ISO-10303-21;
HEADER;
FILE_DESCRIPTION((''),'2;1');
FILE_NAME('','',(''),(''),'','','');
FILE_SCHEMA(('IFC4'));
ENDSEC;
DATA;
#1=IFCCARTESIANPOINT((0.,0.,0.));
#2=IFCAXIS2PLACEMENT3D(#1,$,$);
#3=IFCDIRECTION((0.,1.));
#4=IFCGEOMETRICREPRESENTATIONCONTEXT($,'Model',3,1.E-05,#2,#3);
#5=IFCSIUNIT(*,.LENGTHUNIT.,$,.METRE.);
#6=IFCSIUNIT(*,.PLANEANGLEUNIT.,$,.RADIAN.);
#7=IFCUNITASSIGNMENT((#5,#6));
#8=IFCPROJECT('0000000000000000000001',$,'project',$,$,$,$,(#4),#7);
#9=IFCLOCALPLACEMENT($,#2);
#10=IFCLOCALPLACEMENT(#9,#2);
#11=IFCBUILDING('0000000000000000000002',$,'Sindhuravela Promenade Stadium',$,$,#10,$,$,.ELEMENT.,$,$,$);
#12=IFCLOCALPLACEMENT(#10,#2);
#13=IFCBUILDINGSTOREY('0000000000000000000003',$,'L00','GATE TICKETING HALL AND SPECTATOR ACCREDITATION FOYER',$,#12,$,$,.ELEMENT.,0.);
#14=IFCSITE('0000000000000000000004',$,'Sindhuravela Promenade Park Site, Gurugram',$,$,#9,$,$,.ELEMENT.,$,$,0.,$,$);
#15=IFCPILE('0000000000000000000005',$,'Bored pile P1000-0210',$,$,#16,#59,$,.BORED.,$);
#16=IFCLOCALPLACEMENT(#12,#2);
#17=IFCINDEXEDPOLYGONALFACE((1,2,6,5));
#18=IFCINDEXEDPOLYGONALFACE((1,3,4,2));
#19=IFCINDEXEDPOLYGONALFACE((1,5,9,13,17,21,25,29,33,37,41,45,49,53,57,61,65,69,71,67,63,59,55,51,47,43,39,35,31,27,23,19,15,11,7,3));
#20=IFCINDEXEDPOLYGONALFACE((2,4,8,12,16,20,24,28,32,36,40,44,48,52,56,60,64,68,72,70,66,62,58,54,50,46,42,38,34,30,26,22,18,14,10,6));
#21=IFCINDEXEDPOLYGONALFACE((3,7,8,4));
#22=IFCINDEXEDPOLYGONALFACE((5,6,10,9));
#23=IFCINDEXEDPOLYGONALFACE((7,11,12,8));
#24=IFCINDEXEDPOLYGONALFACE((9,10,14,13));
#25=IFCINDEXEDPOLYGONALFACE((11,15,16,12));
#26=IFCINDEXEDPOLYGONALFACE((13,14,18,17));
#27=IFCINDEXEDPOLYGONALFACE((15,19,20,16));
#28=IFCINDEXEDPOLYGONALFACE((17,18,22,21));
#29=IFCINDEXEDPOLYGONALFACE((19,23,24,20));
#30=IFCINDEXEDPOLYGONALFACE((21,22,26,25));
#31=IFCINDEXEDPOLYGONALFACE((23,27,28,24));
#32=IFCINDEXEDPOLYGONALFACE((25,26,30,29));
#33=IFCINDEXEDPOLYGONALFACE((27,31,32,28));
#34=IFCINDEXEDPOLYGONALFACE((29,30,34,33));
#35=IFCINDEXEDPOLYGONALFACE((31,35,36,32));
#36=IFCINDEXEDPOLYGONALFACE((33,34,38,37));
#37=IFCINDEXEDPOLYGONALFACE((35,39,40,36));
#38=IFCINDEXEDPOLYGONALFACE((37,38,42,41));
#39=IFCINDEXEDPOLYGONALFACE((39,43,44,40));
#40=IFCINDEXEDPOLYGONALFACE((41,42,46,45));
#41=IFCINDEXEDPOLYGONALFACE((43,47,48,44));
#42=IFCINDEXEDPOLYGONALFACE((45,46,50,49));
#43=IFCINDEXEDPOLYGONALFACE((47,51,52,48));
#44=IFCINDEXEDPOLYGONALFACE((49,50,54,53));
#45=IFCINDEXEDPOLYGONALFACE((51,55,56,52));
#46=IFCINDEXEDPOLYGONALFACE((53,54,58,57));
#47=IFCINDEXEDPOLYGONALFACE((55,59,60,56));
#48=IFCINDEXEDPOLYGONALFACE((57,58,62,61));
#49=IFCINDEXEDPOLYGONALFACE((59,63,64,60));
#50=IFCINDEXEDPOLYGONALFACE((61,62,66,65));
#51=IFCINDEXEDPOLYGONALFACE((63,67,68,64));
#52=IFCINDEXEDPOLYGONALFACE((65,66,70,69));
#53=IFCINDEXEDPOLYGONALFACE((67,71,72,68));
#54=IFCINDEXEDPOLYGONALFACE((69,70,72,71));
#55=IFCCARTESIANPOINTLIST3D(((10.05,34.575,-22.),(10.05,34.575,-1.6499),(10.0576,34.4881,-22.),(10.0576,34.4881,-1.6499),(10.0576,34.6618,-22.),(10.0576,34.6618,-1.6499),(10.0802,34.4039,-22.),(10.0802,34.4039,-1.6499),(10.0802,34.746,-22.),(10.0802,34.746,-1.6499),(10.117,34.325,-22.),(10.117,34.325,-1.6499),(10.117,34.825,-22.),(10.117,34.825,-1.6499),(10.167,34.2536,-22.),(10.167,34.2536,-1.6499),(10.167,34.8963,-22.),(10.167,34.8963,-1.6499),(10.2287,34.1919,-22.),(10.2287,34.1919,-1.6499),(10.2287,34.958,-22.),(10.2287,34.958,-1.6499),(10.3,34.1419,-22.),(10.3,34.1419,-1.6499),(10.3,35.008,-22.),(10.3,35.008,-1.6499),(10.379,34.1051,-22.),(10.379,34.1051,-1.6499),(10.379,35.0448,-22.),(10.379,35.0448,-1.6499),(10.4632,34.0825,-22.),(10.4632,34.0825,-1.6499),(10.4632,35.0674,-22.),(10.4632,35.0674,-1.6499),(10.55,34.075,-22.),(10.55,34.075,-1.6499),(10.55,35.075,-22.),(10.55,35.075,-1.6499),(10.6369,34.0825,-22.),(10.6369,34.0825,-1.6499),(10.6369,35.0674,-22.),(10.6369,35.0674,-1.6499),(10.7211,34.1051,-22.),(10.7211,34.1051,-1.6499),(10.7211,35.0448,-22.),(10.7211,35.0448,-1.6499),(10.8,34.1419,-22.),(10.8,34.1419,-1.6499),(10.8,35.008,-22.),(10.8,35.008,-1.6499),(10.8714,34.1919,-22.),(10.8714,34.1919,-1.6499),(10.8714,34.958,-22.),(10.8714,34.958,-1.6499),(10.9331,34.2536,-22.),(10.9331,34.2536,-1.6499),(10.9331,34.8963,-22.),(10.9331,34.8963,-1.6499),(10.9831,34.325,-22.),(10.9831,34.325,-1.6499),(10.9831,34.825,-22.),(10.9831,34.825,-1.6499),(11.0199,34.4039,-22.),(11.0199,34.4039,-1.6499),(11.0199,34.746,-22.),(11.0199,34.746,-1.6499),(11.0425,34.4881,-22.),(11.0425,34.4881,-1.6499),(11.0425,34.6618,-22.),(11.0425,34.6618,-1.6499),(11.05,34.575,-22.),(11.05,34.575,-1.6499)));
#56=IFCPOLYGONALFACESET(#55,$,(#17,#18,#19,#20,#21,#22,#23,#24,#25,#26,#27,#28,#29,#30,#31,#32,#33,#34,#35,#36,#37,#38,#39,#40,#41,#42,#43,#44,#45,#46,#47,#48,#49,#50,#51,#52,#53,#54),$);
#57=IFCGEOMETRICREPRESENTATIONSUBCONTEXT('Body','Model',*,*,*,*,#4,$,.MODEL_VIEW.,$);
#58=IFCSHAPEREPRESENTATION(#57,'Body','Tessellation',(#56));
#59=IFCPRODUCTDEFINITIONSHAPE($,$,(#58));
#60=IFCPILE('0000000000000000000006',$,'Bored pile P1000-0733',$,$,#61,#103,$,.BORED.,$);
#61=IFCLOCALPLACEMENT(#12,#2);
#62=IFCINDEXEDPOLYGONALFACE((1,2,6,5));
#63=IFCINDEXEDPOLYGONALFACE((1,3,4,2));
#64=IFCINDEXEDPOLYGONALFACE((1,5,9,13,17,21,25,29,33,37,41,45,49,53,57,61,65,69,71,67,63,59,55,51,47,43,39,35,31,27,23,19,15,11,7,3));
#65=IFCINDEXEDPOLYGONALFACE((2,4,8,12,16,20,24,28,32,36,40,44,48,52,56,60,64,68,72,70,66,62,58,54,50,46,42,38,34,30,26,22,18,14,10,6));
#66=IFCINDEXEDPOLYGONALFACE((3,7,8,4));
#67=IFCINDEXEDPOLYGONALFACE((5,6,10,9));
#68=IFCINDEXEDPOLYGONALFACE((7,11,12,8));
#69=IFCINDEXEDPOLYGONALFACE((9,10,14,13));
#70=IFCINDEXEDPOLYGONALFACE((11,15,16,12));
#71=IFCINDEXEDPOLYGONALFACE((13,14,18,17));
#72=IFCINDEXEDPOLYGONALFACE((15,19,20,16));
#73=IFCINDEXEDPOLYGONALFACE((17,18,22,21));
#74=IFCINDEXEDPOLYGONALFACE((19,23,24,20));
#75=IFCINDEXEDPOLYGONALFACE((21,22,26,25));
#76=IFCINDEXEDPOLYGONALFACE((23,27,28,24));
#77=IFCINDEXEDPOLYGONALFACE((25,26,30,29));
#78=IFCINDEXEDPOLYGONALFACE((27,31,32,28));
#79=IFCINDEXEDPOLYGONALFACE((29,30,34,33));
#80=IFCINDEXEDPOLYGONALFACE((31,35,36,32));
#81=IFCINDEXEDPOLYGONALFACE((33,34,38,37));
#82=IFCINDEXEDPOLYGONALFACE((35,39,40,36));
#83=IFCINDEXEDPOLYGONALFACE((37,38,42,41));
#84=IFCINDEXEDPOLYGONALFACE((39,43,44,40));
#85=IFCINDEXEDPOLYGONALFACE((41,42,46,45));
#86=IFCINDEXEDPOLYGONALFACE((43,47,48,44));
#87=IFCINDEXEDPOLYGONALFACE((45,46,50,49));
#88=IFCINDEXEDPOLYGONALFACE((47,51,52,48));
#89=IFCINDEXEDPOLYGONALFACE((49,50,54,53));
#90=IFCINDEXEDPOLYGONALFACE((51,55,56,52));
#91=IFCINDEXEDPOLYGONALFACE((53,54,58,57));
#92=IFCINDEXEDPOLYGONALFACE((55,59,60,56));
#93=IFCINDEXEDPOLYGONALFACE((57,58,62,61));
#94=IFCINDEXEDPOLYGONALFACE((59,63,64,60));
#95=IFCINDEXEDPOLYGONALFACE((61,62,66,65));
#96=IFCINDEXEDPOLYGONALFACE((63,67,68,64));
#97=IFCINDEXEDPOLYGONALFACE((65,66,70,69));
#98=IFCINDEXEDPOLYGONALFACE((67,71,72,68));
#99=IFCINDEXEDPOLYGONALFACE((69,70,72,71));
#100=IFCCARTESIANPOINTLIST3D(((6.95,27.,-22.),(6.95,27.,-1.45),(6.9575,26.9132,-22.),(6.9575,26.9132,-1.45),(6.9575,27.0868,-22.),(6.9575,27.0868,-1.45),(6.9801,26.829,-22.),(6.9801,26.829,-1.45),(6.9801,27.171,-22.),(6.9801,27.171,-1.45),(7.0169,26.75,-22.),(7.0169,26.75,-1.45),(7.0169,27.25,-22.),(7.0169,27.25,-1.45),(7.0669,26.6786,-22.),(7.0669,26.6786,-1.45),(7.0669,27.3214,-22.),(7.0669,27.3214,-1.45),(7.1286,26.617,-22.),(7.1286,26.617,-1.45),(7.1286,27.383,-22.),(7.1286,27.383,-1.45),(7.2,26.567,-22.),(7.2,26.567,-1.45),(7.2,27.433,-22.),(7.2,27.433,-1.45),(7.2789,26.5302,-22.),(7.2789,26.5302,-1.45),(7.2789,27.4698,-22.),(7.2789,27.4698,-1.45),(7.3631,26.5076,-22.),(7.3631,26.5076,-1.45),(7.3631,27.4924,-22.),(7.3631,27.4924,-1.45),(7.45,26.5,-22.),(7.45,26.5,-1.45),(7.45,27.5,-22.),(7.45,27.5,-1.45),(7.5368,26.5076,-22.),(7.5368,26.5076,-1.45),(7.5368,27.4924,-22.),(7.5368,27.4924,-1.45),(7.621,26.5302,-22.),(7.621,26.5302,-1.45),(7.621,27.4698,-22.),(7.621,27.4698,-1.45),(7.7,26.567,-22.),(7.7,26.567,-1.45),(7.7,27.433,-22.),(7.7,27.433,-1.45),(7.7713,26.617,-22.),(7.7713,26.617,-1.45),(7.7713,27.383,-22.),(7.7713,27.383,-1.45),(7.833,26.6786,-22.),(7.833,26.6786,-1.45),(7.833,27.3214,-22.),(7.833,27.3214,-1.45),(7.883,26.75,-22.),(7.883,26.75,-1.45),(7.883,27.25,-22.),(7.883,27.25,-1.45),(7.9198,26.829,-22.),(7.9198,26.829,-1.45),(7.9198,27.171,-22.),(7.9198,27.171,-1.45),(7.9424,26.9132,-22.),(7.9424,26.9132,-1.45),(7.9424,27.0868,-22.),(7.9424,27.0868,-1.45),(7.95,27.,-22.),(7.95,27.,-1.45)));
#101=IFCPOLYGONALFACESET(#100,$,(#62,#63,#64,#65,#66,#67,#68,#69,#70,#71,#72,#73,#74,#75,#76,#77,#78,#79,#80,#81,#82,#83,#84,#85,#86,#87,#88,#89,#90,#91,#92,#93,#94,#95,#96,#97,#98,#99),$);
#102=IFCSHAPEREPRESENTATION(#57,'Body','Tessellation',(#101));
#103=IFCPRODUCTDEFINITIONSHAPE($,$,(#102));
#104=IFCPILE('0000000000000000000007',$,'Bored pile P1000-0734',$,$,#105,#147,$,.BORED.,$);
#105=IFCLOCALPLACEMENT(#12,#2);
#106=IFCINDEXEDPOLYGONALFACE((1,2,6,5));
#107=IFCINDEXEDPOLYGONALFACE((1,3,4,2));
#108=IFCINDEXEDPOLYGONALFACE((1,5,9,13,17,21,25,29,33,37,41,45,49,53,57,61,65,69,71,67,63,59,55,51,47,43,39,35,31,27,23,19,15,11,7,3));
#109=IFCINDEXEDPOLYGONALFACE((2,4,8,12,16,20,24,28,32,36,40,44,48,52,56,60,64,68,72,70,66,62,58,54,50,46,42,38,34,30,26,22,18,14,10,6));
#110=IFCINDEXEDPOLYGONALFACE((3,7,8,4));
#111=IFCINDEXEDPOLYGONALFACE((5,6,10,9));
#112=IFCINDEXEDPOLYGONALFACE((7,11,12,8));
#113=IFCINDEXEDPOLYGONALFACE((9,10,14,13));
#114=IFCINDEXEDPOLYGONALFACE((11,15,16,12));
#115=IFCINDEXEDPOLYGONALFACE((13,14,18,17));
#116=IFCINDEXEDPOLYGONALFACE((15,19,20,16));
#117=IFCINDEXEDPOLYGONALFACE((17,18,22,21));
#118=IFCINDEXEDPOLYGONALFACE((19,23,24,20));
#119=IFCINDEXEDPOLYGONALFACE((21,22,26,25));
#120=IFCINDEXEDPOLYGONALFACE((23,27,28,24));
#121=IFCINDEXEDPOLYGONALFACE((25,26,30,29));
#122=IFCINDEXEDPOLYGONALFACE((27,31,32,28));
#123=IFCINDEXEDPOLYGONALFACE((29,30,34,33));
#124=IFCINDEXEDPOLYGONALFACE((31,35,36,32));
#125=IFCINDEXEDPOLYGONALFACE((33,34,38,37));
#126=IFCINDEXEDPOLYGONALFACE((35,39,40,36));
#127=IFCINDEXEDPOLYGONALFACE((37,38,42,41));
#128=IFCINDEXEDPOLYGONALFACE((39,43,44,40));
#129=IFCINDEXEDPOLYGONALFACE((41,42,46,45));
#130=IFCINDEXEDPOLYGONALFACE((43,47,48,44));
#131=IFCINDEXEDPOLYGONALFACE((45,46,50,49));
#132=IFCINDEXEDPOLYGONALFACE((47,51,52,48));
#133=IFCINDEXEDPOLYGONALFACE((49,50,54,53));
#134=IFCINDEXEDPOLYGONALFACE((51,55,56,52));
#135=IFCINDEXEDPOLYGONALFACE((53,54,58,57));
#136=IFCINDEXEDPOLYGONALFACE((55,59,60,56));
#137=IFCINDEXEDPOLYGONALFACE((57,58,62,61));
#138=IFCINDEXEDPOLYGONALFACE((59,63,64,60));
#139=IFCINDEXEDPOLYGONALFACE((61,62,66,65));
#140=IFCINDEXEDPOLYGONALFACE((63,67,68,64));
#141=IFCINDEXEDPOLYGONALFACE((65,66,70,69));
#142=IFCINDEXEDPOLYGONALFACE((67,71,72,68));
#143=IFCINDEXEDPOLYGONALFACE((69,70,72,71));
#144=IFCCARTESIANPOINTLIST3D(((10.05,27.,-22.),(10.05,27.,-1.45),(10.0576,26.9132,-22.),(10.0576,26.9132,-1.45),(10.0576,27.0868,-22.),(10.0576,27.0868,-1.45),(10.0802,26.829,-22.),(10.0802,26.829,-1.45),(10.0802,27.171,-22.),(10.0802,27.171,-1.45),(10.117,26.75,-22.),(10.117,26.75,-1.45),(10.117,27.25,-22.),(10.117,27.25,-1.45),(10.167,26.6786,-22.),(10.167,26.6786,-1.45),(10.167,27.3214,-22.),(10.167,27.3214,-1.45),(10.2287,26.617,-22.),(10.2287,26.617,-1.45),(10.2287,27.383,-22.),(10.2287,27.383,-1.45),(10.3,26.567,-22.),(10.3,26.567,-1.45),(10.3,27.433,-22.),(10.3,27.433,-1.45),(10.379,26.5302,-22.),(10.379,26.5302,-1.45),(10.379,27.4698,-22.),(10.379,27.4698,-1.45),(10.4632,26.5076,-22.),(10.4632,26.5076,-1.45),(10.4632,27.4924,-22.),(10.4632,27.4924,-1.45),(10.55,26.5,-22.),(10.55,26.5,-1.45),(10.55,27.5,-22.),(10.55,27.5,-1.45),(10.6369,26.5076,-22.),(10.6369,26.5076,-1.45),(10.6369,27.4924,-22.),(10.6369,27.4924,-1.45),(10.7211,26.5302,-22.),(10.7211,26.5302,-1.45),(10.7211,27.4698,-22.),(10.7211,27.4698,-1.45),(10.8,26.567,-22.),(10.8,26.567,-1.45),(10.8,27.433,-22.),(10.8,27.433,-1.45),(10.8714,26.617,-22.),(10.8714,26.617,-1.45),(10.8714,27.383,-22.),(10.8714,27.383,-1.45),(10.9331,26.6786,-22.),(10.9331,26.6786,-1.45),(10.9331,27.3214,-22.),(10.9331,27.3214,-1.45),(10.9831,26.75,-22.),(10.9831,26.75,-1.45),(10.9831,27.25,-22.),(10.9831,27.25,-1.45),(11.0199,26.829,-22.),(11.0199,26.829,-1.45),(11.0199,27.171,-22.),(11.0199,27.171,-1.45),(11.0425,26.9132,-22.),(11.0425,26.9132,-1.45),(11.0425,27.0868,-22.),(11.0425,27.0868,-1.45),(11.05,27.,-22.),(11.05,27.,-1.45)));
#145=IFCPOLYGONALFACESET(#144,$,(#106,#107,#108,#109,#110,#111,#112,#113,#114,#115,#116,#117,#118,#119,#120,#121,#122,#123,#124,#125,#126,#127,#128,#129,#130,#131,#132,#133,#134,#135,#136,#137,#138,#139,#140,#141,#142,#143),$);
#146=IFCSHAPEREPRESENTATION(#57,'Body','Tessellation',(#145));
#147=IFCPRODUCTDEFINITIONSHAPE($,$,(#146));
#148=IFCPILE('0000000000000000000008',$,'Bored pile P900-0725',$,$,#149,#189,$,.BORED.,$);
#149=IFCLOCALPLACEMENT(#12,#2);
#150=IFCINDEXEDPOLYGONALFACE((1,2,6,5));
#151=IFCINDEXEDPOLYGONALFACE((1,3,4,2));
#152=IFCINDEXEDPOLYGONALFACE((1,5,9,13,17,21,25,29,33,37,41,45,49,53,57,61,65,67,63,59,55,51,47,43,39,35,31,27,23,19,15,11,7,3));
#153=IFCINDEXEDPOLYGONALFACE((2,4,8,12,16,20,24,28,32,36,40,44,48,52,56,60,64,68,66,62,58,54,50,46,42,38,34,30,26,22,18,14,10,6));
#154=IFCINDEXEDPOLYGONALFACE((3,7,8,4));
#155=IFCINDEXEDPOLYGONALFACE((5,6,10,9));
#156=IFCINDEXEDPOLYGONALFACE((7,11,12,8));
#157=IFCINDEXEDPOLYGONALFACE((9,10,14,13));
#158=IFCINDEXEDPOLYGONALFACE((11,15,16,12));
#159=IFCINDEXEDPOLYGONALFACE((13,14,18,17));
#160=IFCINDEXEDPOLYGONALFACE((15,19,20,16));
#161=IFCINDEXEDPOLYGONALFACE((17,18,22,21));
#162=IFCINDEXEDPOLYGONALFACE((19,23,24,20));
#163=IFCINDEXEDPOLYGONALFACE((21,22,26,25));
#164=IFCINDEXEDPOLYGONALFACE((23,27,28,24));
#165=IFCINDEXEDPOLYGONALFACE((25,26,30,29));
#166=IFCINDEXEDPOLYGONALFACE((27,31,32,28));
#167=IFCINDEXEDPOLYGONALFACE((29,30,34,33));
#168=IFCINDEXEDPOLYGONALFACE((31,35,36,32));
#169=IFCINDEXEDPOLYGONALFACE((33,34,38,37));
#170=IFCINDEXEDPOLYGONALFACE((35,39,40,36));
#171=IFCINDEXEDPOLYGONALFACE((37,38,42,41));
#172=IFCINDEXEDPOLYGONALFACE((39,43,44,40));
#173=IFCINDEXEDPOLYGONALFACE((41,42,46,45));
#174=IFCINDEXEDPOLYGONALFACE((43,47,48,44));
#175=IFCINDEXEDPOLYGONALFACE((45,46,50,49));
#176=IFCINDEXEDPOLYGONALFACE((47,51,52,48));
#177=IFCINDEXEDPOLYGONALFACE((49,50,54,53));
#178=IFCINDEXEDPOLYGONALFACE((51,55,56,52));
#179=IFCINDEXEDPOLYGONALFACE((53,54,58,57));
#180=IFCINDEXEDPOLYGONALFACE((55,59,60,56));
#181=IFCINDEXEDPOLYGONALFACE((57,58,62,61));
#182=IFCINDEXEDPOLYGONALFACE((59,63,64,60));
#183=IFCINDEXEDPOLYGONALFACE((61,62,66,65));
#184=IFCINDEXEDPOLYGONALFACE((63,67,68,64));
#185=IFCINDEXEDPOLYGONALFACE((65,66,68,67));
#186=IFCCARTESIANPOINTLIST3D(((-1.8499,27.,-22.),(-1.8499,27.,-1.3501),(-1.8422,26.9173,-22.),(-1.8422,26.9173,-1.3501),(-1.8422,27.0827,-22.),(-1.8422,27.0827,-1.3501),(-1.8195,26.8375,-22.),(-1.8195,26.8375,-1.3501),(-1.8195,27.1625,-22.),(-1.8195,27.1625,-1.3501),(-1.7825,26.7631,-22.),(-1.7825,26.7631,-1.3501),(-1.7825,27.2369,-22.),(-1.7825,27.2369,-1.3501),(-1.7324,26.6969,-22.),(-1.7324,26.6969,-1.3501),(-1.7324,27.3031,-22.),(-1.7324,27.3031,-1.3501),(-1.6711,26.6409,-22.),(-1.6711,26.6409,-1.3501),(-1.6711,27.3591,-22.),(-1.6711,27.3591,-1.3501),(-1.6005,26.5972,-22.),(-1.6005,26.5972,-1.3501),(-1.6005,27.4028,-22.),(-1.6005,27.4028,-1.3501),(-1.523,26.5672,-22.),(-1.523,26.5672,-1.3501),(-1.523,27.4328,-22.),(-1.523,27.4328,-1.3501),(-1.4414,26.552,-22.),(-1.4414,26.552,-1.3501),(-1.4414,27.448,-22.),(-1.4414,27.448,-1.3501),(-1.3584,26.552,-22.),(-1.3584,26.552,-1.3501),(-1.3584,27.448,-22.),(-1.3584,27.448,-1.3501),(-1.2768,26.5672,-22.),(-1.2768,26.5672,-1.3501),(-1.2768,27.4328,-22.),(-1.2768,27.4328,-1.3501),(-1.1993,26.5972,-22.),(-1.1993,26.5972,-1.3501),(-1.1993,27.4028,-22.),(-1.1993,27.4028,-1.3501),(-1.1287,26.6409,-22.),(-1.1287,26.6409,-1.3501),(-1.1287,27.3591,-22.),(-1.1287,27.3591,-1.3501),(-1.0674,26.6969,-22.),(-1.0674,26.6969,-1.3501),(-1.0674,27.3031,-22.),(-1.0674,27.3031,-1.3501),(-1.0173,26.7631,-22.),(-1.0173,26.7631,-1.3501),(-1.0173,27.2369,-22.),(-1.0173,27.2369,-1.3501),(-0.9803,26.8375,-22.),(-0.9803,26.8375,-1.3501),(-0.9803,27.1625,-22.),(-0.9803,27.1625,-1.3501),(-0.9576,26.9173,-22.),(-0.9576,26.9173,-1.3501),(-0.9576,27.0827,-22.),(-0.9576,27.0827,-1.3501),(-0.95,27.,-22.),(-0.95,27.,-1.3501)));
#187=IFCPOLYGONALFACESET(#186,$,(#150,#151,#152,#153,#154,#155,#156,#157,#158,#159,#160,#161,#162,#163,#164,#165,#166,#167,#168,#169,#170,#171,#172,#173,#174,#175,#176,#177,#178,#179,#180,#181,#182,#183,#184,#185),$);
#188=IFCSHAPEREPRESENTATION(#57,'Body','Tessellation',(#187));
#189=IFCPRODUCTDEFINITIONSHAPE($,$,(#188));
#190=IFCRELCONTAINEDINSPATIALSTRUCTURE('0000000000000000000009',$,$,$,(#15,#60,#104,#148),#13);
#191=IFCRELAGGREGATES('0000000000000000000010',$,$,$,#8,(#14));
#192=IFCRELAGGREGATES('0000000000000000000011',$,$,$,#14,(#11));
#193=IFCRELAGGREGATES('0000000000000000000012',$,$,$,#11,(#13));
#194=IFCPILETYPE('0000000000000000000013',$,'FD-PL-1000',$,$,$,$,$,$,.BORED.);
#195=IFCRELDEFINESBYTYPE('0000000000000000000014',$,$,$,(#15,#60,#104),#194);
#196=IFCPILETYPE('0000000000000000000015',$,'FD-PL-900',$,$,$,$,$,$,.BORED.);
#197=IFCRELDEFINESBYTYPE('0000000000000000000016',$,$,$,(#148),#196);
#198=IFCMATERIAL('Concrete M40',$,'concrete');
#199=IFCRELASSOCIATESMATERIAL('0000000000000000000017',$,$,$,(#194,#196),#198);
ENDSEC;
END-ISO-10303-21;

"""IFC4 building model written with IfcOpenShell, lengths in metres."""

from ifc_helpers import new_model, si_unit, direction, frame, origin, origin_2d, place, context, subcontext, project, spatial, circle, extrude, material, material_profile, profile_set, type_object, element, save


model = new_model("IFC4")

# Units and contexts
model_context = context("Model", 3, precision=1e-05, world=origin(), true_north=direction((0.0, 1.0)))
body_context = subcontext(model_context, "Body", "Model", "MODEL_VIEW")
ifc_project = project(units=[si_unit("LENGTHUNIT", "METRE"), si_unit("PLANEANGLEUNIT", "RADIAN")], contexts=[model_context])

# Site, building, storey
site_placement = place(None, origin())
site = spatial("IfcSite", under=ifc_project, at=site_placement, Name="Sindhuravela Promenade Park Site, Gurugram", CompositionType="ELEMENT", RefElevation=0.0)
building_placement = place(site_placement, origin())
building = spatial("IfcBuilding", under=site, at=building_placement, Name="Sindhuravela Promenade Stadium", CompositionType="ELEMENT")
storey_placement = place(building_placement, origin())
storey = spatial("IfcBuildingStorey", under=building, at=storey_placement, Name="L00", Description="GATE TICKETING HALL AND SPECTATOR ACCREDITATION FOYER", CompositionType="ELEMENT", Elevation=0.0)

# Piles
ifc_material_1 = material(Name="Concrete M40", Category="concrete")
ifc_material_profile_1 = material_profile(ifc_material_1, circle(Radius=0.5, at=origin_2d()), Name="BORED PILE D1000")
ifc_profile_set_1 = profile_set([ifc_material_profile_1], Name="Concrete M40")
pile_type_1 = type_object("IfcPileType", Name="FD-PL-1000", PredefinedType="BORED", material=ifc_profile_set_1)
for number, where, z_axis, x_axis, name in (
    (1, (10.55, 34.575, -1.6499), (0.0, 0.0, -1.0), (1.0, 0.0, 0.0), "Bored pile P1000-0210"),
):
    element("IfcPile", number, at=place(storey_placement, frame(where, z_axis=z_axis, x_axis=x_axis)), inside=storey, type_object=pile_type_1, Name=name, PredefinedType="BORED", context=body_context, shape_type="SweptSolid", body=[
        extrude(circle(Radius=0.5, at=origin_2d()), origin(), (0.0, 0.0, 1.0), 20.3501),
    ])
for number, where, z_axis, x_axis, name in (
    (2, (7.45, 27.0, -1.45), (0.0, 0.0, -1.0), (1.0, 0.0, 0.0), "Bored pile P1000-0733"),
    (3, (10.55, 27.0, -1.45), (0.0, 0.0, -1.0), (1.0, 0.0, 0.0), "Bored pile P1000-0734"),
):
    element("IfcPile", number, at=place(storey_placement, frame(where, z_axis=z_axis, x_axis=x_axis)), inside=storey, type_object=pile_type_1, Name=name, PredefinedType="BORED", context=body_context, shape_type="SweptSolid", body=[
        extrude(circle(Radius=0.5, at=origin_2d()), origin(), (0.0, 0.0, 1.0), 20.55),
    ])
ifc_material_profile_2 = material_profile(ifc_material_1, circle(Radius=0.45, at=origin_2d()), Name="BORED PILE D900")
ifc_profile_set_2 = profile_set([ifc_material_profile_2], Name="Concrete M40")
pile_type_2 = type_object("IfcPileType", Name="FD-PL-900", PredefinedType="BORED", material=ifc_profile_set_2)
for number, where, z_axis, x_axis, name in (
    (4, (-1.3999, 27.0, -1.3501), (0.0, 0.0, -1.0), (1.0, 0.0, 0.0), "Bored pile P900-0725"),
):
    element("IfcPile", number, at=place(storey_placement, frame(where, z_axis=z_axis, x_axis=x_axis)), inside=storey, type_object=pile_type_2, Name=name, PredefinedType="BORED", context=body_context, shape_type="SweptSolid", body=[
        extrude(circle(Radius=0.45, at=origin_2d()), origin(), (0.0, 0.0, 1.0), 20.6499),
    ])

save(model, "model.ifc")
